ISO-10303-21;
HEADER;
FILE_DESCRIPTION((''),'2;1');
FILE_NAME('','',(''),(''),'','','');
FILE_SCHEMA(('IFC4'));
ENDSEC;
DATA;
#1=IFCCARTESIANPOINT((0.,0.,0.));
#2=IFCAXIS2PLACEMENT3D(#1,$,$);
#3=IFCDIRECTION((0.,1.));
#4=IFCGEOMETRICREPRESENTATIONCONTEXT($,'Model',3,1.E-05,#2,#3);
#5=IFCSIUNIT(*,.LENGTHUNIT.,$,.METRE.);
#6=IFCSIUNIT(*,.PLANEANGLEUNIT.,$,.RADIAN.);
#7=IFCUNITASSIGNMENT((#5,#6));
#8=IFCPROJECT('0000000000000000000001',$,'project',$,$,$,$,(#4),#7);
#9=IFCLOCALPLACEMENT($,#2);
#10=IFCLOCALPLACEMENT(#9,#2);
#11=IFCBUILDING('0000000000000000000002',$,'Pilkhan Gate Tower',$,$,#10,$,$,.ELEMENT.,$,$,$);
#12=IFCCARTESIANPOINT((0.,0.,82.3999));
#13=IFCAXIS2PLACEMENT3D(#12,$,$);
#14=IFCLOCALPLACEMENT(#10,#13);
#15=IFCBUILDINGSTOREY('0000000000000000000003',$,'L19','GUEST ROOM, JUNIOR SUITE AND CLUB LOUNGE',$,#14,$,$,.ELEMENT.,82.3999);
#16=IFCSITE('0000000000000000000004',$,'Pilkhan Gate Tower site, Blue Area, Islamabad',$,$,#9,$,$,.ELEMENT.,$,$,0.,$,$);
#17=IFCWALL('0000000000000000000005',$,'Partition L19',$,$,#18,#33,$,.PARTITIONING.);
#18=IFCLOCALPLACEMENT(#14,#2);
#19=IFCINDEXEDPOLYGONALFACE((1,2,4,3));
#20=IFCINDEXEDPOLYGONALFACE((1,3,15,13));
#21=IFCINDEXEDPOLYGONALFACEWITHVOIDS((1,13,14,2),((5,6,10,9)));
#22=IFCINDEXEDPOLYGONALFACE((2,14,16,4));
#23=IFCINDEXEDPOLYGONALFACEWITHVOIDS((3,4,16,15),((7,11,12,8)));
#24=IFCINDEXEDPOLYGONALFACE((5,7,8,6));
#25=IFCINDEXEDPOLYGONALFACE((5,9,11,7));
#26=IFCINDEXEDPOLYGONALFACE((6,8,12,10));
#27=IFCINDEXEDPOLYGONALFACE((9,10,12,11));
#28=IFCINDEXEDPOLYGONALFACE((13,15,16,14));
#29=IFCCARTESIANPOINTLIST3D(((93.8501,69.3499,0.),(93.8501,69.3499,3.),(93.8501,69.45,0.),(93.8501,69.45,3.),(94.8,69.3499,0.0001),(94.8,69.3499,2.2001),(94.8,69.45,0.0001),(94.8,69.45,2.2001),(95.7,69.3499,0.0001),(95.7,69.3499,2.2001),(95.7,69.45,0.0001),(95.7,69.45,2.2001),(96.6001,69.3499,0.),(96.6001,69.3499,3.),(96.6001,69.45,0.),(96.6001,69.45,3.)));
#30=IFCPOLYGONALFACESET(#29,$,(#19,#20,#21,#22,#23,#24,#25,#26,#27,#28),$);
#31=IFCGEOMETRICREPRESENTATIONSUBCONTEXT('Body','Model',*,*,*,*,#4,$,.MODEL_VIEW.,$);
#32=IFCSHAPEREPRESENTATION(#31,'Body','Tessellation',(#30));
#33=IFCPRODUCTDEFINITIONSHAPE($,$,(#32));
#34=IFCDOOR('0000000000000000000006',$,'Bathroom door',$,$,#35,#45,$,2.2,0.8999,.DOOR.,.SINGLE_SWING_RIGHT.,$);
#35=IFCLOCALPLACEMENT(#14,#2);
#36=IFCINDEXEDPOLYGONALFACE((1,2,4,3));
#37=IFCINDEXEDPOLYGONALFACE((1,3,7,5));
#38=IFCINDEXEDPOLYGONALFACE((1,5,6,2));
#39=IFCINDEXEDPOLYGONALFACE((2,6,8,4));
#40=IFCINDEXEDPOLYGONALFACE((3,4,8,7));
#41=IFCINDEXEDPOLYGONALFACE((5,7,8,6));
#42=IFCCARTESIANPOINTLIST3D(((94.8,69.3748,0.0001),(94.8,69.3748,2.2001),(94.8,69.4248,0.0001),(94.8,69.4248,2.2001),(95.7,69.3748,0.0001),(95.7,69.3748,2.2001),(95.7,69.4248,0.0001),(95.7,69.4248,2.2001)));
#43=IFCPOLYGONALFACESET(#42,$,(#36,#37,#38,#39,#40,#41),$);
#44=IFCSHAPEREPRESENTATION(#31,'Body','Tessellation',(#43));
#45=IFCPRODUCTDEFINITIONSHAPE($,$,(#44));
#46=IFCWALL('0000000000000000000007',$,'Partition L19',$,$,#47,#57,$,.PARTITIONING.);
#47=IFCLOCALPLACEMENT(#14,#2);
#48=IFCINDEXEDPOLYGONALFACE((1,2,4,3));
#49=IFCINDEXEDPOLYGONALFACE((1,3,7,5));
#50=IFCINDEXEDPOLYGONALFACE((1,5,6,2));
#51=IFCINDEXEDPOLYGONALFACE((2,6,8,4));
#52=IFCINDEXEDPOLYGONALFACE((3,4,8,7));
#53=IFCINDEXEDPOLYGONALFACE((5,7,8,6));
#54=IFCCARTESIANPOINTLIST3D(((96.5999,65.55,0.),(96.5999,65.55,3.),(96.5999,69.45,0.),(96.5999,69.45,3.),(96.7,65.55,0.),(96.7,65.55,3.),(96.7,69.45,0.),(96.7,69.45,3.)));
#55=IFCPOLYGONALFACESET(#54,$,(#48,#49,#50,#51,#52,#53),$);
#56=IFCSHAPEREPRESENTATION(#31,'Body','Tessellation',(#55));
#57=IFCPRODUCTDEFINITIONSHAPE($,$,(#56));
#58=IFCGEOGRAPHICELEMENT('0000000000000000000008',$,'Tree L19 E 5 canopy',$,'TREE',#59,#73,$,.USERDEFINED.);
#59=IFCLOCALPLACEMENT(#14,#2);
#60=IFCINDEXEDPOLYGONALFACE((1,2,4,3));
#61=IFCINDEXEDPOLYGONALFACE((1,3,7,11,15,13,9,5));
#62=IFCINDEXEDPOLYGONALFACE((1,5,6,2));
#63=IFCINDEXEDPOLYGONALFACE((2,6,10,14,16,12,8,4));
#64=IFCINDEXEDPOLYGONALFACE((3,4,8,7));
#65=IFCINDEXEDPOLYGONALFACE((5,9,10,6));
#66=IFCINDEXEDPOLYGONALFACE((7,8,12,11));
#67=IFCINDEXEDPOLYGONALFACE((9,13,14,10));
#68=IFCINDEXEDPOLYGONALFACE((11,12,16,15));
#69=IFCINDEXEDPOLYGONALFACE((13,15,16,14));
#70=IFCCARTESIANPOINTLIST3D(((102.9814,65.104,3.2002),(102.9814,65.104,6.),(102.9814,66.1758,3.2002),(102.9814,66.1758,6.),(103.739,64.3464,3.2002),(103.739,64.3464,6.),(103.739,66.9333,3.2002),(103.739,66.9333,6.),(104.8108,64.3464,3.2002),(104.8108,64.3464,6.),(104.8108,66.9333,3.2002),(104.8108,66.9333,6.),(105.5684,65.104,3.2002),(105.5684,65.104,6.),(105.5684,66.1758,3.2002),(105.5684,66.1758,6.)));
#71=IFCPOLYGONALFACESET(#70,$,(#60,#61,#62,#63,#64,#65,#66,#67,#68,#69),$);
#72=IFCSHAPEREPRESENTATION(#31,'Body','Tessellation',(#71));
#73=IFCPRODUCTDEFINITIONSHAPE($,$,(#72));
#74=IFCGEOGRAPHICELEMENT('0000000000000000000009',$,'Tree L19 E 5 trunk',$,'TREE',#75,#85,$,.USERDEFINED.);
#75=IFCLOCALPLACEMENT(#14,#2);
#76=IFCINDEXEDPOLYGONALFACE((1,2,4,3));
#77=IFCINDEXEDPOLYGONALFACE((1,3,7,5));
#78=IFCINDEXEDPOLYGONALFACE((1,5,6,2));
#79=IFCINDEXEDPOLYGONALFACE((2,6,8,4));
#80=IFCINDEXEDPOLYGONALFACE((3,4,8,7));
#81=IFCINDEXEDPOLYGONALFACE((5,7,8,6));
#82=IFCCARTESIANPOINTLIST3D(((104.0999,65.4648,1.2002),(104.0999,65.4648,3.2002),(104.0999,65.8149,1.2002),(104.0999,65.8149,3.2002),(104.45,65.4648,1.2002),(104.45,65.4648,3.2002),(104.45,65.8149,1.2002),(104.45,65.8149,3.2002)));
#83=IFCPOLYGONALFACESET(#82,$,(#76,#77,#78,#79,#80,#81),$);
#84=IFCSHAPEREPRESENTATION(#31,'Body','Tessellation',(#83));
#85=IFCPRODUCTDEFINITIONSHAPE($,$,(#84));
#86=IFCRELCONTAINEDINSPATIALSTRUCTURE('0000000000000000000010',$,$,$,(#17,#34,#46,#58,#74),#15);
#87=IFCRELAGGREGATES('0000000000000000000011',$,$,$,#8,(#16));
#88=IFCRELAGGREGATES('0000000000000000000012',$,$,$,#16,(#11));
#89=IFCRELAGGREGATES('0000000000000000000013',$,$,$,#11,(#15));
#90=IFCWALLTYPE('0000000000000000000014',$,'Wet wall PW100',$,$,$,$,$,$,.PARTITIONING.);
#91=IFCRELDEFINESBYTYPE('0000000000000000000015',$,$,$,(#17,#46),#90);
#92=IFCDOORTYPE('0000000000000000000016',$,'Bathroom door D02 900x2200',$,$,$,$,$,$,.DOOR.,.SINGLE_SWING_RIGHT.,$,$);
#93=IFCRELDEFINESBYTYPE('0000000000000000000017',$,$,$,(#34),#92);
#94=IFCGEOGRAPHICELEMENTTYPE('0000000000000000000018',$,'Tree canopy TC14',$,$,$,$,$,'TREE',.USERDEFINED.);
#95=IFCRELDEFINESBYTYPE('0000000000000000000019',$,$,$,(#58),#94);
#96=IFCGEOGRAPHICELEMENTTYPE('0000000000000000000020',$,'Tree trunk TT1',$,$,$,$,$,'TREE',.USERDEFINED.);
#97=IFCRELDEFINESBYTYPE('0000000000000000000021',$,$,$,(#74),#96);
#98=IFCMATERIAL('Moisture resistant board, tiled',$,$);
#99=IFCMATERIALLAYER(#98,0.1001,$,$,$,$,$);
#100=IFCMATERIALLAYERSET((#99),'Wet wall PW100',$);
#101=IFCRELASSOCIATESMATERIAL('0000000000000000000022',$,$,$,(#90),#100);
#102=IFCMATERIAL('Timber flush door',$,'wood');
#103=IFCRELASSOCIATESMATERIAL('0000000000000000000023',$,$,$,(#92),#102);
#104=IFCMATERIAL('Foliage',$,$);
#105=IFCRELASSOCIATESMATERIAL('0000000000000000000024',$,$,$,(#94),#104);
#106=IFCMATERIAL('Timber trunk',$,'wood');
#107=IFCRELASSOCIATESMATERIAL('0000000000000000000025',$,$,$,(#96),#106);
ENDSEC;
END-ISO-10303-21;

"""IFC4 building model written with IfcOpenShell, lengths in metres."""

from ifc_helpers import new_model, si_unit, direction, frame, frame_2d, origin, origin_2d, place, context, subcontext, project, spatial, polyline, rectangle, outline, extrude, material, layer, layer_set, material_profile, profile_set, type_object, element, fill, save


model = new_model("IFC4")

# Units and contexts
model_context = context("Model", 3, precision=1e-05, world=origin(), true_north=direction((0.0, 1.0)))
body_context = subcontext(model_context, "Body", "Model", "MODEL_VIEW")
ifc_project = project(units=[si_unit("LENGTHUNIT", "METRE"), si_unit("PLANEANGLEUNIT", "RADIAN")], contexts=[model_context])

# Site, building, storey
site_placement = place(None, origin())
site = spatial("IfcSite", under=ifc_project, at=site_placement, Name="Pilkhan Gate Tower site, Blue Area, Islamabad", CompositionType="ELEMENT", RefElevation=0.0)
building_placement = place(site_placement, origin())
building = spatial("IfcBuilding", under=site, at=building_placement, Name="Pilkhan Gate Tower", CompositionType="ELEMENT")
storey_placement = place(building_placement, frame((0.0, 0.0, 82.3999)))
storey = spatial("IfcBuildingStorey", under=building, at=storey_placement, Name="L19", Description="GUEST ROOM, JUNIOR SUITE AND CLUB LOUNGE", CompositionType="ELEMENT", Elevation=82.3999)

# Shared definitions
ifc_material_1 = material(Name="Moisture resistant board, tiled")
ifc_layer_1 = layer(ifc_material_1, 0.1001)
ifc_layer_set_1 = layer_set([ifc_layer_1], Name="Wet wall PW100")
wall_type_1 = type_object("IfcWallType", Name="Wet wall PW100", PredefinedType="PARTITIONING", material=ifc_layer_set_1)

# Wall, opening, door
wall_1_placement = place(storey_placement, frame((93.8501, 69.3999, 0.0), z_axis=(0.0, 0.0, 1.0), x_axis=(1.0, 0.0, 0.0)))
wall_1 = element("IfcWall", 1, at=wall_1_placement, inside=storey, type_object=wall_type_1, Name="Partition L19", PredefinedType="PARTITIONING", context=body_context, shape_type="SweptSolid", body=[
    extrude(rectangle(XDim=2.75, YDim=0.1001, at=frame_2d((1.375, 0.0))), origin(), (0.0, 0.0, 1.0), 3.0),
])
opening_placement = place(wall_1_placement, frame((0.95, 0.0, 0.0)))
opening = element("IfcOpeningElement", 2, at=opening_placement, cuts=wall_1, PredefinedType="OPENING", context=body_context, shape_type="SweptSolid", body=[
    extrude(rectangle(XDim=0.8999, YDim=2.2, at=frame_2d((0.45, 1.1001))), frame((0.0, 0.0601, 0.0), z_axis=(0.0, -1.0, 0.0), x_axis=(1.0, 0.0, 0.0)), (0.0, 0.0, 1.0), 0.1201),
])
ifc_material_2 = material(Name="Timber flush door", Category="wood")
door_type = type_object("IfcDoorType", Name="Bathroom door D02 900x2200", OperationType="SINGLE_SWING_RIGHT", PredefinedType="DOOR", material=ifc_material_2)
door_placement = place(opening_placement, origin())
door = element("IfcDoor", 3, at=door_placement, inside=storey, type_object=door_type, Name="Bathroom door", OperationType="SINGLE_SWING_RIGHT", OverallHeight=2.2, OverallWidth=0.8999, PredefinedType="DOOR", context=body_context, shape_type="SweptSolid", body=[
    extrude(rectangle(XDim=0.8999, YDim=2.2, at=frame_2d((0.45, 1.1001))), frame((0.0, 0.0249, 0.0), z_axis=(0.0, -1.0, 0.0), x_axis=(1.0, 0.0, 0.0)), (0.0, 0.0, 1.0), 0.05),
])
fill(opening, door)

# Wall
wall_2_placement = place(storey_placement, frame((96.6499, 65.55, 0.0), z_axis=(0.0, 0.0, 1.0), x_axis=(0.0, 1.0, 0.0)))
element("IfcWall", 4, at=wall_2_placement, inside=storey, type_object=wall_type_1, Name="Partition L19", PredefinedType="PARTITIONING", context=body_context, shape_type="SweptSolid", body=[
    extrude(rectangle(XDim=3.8999, YDim=0.1001, at=frame_2d((1.95, 0.0))), origin(), (0.0, 0.0, 1.0), 3.0),
])

# Geographic elements
ifc_material_3 = material(Name="Foliage")
ifc_material_profile_1 = material_profile(ifc_material_3, outline(polyline([(1.2935, 0.5359), (0.5359, 1.2935), (-0.5359, 1.2935), (-1.2935, 0.5359), (-1.2935, -0.5359), (-0.5359, -1.2935), (0.5359, -1.2935), (1.2935, -0.5359), (1.2935, 0.5359)])), Name="Canopy D2.8")
ifc_profile_set_1 = profile_set([ifc_material_profile_1], Name="Foliage")
geographic_element_type_1 = type_object("IfcGeographicElementType", Name="Tree canopy TC14", ElementType="TREE", PredefinedType="USERDEFINED", material=ifc_profile_set_1)
geographic_element_1_placement = place(storey_placement, frame((104.2749, 65.6399, 3.2002), z_axis=(0.0, 0.0, 1.0), x_axis=(1.0, 0.0, 0.0)))
element("IfcGeographicElement", 5, at=geographic_element_1_placement, inside=storey, type_object=geographic_element_type_1, Name="Tree L19 E 5 canopy", ObjectType="TREE", PredefinedType="USERDEFINED", context=body_context, shape_type="SweptSolid", body=[
    extrude(outline(polyline([(1.2935, 0.5359), (0.5359, 1.2935), (-0.5359, 1.2935), (-1.2935, 0.5359), (-1.2935, -0.5359), (-0.5359, -1.2935), (0.5359, -1.2935), (1.2935, -0.5359), (1.2935, 0.5359)])), origin(), (0.0, 0.0, 1.0), 2.7998),
])
ifc_material_4 = material(Name="Timber trunk", Category="wood")
geographic_element_type_2 = type_object("IfcGeographicElementType", Name="Tree trunk TT1", ElementType="TREE", PredefinedType="USERDEFINED", material=ifc_material_4)
geographic_element_2_placement = place(storey_placement, frame((104.2749, 65.6399, 1.2002), z_axis=(0.0, 0.0, 1.0), x_axis=(1.0, 0.0, 0.0)))
element("IfcGeographicElement", 6, at=geographic_element_2_placement, inside=storey, type_object=geographic_element_type_2, Name="Tree L19 E 5 trunk", ObjectType="TREE", PredefinedType="USERDEFINED", context=body_context, shape_type="SweptSolid", body=[
    extrude(rectangle(XDim=0.3501, YDim=0.3501, at=origin_2d()), origin(), (0.0, 0.0, 1.0), 2.0),
])

save(model, "model.ifc")
